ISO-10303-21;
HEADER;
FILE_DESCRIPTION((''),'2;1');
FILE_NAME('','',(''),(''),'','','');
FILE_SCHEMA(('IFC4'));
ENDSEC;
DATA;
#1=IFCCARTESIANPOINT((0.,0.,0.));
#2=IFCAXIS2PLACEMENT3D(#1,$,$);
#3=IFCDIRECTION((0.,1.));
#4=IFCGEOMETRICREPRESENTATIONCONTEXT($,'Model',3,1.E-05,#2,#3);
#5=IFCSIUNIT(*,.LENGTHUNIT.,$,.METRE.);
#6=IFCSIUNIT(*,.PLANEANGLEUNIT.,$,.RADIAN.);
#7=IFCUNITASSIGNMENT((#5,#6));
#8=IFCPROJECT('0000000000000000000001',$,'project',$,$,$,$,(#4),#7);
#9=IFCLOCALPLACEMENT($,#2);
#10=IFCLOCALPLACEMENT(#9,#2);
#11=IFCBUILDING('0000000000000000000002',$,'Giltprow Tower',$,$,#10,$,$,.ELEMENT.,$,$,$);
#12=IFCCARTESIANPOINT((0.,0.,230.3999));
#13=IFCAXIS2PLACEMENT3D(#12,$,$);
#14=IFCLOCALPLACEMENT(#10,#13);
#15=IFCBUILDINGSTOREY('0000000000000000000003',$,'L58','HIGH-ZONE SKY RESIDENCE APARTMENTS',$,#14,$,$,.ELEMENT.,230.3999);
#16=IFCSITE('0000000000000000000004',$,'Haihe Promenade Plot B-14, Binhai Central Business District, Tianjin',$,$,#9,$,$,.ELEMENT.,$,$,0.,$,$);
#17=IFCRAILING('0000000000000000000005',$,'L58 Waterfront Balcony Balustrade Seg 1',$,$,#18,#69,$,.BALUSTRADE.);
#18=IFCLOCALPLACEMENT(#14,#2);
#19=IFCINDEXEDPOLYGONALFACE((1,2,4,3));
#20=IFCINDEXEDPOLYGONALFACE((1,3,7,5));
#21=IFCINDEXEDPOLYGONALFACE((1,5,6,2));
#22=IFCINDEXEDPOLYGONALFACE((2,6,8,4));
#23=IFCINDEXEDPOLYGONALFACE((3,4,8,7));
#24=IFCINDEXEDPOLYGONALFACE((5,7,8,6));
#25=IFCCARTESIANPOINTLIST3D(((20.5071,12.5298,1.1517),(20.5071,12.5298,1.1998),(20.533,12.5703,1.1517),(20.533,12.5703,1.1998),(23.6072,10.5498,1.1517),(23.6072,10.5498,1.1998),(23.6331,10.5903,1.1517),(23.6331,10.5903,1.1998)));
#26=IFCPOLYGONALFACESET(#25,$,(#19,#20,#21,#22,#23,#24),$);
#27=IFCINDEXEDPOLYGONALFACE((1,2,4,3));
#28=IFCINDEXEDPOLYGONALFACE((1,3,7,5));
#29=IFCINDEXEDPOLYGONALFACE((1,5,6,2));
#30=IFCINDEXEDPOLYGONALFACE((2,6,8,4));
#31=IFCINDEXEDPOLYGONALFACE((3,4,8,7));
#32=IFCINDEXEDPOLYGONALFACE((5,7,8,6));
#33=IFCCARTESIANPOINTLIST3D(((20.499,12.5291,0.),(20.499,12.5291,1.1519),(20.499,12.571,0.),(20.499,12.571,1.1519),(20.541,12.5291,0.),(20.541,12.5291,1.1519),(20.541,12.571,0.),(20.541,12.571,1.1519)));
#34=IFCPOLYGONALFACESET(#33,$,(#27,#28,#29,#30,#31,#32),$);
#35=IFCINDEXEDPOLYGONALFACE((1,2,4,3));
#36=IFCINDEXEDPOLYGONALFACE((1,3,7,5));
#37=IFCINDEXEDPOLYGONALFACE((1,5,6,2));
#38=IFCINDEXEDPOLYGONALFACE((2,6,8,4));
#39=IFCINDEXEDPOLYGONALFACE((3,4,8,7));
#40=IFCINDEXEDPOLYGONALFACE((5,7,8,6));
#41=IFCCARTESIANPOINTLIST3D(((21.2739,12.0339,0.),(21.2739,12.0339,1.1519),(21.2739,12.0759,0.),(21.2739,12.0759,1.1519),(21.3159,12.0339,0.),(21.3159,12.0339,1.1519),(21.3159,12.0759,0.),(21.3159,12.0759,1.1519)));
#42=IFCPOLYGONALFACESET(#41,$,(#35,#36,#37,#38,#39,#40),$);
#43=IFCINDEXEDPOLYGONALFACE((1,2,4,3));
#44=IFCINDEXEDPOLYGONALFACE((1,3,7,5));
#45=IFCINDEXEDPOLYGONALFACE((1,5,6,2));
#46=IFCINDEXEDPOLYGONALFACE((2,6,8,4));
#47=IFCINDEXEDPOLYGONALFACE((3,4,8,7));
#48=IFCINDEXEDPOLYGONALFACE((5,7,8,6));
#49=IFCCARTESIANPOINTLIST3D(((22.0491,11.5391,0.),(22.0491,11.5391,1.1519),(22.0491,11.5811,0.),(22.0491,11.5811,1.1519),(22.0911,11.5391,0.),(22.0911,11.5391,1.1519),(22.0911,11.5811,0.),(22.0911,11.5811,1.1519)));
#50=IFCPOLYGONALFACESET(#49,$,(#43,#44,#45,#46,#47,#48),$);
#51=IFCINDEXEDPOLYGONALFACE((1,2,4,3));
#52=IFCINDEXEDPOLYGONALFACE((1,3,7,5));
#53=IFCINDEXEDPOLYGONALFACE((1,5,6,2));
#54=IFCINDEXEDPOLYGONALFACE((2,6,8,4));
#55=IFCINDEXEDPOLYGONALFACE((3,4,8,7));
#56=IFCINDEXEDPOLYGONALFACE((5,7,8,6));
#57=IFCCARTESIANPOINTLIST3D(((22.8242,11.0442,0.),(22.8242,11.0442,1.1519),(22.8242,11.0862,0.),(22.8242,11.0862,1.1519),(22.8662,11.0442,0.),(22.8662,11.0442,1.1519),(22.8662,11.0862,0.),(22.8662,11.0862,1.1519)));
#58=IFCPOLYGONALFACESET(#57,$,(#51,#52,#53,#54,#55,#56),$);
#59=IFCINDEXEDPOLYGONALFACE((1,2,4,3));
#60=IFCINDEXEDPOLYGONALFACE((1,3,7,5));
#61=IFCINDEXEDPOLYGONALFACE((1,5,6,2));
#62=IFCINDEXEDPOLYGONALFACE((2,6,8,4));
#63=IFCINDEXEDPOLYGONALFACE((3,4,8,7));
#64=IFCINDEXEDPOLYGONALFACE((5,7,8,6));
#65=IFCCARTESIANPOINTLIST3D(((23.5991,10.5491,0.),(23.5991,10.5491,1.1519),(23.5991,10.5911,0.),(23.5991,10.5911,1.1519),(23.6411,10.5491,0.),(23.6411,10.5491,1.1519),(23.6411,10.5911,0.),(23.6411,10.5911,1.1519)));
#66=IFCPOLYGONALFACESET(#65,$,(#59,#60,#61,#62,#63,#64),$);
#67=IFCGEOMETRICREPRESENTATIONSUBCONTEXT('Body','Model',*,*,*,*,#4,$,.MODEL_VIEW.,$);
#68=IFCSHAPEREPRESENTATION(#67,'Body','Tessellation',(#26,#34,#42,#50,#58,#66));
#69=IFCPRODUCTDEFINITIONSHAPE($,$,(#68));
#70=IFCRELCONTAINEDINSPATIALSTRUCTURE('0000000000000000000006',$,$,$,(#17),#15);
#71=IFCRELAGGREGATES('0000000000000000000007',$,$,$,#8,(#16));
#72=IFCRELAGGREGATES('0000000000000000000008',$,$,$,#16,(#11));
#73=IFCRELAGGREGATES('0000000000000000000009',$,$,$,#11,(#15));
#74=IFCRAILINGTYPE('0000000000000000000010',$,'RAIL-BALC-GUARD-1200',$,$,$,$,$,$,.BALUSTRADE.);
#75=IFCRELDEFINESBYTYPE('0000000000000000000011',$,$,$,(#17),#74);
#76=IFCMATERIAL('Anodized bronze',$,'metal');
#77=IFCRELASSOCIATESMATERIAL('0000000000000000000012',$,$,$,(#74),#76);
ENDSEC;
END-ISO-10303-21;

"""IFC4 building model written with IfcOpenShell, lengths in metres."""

from ifc_helpers import new_model, si_unit, direction, frame, origin, origin_2d, place, context, subcontext, project, spatial, rectangle, extrude, material, type_object, element, save


model = new_model("IFC4")

# Units and contexts
model_context = context("Model", 3, precision=1e-05, world=origin(), true_north=direction((0.0, 1.0)))
body_context = subcontext(model_context, "Body", "Model", "MODEL_VIEW")
ifc_project = project(units=[si_unit("LENGTHUNIT", "METRE"), si_unit("PLANEANGLEUNIT", "RADIAN")], contexts=[model_context])

# Site, building, storey
site_placement = place(None, origin())
site = spatial("IfcSite", under=ifc_project, at=site_placement, Name="Haihe Promenade Plot B-14, Binhai Central Business District, Tianjin", CompositionType="ELEMENT", RefElevation=0.0)
building_placement = place(site_placement, origin())
building = spatial("IfcBuilding", under=site, at=building_placement, Name="Giltprow Tower", CompositionType="ELEMENT")
storey_placement = place(building_placement, frame((0.0, 0.0, 230.3999)))
storey = spatial("IfcBuildingStorey", under=building, at=storey_placement, Name="L58", Description="HIGH-ZONE SKY RESIDENCE APARTMENTS", CompositionType="ELEMENT", Elevation=230.3999)

# Shared definitions
ifc_material_1 = material(Name="Anodized bronze", Category="metal")

# Railing
railing_type = type_object("IfcRailingType", Name="RAIL-BALC-GUARD-1200", PredefinedType="BALUSTRADE", material=ifc_material_1)
railing_1_placement = place(storey_placement, frame((20.52, 12.55, 0.0)))
element("IfcRailing", 1, at=railing_1_placement, inside=storey, type_object=railing_type, Name="L58 Waterfront Balcony Balustrade Seg 1", PredefinedType="BALUSTRADE", context=body_context, shape_type="SweptSolid", body=[
    extrude(rectangle(XDim=0.0481, YDim=0.0481, at=origin_2d()), frame((0.0, 0.0, 1.1758), z_axis=(0.842775, -0.538266, 0.0), x_axis=(0.538266, 0.842775, 0.0)), (0.0, 0.0, 1.0), 3.6785),
    extrude(rectangle(XDim=0.042, YDim=0.042, at=origin_2d()), origin(), (0.0, 0.0, 1.0), 1.1519),
    extrude(rectangle(XDim=0.042, YDim=0.042, at=origin_2d()), frame((0.7749, -0.4951, 0.0)), (0.0, 0.0, 1.0), 1.1519),
    extrude(rectangle(XDim=0.042, YDim=0.042, at=origin_2d()), frame((1.55, -0.99, 0.0)), (0.0, 0.0, 1.0), 1.1519),
    extrude(rectangle(XDim=0.042, YDim=0.042, at=origin_2d()), frame((2.3252, -1.4849, 0.0)), (0.0, 0.0, 1.0), 1.1519),
    extrude(rectangle(XDim=0.042, YDim=0.042, at=origin_2d()), frame((3.1001, -1.98, 0.0)), (0.0, 0.0, 1.0), 1.1519),
])

save(model, "model.ifc")
